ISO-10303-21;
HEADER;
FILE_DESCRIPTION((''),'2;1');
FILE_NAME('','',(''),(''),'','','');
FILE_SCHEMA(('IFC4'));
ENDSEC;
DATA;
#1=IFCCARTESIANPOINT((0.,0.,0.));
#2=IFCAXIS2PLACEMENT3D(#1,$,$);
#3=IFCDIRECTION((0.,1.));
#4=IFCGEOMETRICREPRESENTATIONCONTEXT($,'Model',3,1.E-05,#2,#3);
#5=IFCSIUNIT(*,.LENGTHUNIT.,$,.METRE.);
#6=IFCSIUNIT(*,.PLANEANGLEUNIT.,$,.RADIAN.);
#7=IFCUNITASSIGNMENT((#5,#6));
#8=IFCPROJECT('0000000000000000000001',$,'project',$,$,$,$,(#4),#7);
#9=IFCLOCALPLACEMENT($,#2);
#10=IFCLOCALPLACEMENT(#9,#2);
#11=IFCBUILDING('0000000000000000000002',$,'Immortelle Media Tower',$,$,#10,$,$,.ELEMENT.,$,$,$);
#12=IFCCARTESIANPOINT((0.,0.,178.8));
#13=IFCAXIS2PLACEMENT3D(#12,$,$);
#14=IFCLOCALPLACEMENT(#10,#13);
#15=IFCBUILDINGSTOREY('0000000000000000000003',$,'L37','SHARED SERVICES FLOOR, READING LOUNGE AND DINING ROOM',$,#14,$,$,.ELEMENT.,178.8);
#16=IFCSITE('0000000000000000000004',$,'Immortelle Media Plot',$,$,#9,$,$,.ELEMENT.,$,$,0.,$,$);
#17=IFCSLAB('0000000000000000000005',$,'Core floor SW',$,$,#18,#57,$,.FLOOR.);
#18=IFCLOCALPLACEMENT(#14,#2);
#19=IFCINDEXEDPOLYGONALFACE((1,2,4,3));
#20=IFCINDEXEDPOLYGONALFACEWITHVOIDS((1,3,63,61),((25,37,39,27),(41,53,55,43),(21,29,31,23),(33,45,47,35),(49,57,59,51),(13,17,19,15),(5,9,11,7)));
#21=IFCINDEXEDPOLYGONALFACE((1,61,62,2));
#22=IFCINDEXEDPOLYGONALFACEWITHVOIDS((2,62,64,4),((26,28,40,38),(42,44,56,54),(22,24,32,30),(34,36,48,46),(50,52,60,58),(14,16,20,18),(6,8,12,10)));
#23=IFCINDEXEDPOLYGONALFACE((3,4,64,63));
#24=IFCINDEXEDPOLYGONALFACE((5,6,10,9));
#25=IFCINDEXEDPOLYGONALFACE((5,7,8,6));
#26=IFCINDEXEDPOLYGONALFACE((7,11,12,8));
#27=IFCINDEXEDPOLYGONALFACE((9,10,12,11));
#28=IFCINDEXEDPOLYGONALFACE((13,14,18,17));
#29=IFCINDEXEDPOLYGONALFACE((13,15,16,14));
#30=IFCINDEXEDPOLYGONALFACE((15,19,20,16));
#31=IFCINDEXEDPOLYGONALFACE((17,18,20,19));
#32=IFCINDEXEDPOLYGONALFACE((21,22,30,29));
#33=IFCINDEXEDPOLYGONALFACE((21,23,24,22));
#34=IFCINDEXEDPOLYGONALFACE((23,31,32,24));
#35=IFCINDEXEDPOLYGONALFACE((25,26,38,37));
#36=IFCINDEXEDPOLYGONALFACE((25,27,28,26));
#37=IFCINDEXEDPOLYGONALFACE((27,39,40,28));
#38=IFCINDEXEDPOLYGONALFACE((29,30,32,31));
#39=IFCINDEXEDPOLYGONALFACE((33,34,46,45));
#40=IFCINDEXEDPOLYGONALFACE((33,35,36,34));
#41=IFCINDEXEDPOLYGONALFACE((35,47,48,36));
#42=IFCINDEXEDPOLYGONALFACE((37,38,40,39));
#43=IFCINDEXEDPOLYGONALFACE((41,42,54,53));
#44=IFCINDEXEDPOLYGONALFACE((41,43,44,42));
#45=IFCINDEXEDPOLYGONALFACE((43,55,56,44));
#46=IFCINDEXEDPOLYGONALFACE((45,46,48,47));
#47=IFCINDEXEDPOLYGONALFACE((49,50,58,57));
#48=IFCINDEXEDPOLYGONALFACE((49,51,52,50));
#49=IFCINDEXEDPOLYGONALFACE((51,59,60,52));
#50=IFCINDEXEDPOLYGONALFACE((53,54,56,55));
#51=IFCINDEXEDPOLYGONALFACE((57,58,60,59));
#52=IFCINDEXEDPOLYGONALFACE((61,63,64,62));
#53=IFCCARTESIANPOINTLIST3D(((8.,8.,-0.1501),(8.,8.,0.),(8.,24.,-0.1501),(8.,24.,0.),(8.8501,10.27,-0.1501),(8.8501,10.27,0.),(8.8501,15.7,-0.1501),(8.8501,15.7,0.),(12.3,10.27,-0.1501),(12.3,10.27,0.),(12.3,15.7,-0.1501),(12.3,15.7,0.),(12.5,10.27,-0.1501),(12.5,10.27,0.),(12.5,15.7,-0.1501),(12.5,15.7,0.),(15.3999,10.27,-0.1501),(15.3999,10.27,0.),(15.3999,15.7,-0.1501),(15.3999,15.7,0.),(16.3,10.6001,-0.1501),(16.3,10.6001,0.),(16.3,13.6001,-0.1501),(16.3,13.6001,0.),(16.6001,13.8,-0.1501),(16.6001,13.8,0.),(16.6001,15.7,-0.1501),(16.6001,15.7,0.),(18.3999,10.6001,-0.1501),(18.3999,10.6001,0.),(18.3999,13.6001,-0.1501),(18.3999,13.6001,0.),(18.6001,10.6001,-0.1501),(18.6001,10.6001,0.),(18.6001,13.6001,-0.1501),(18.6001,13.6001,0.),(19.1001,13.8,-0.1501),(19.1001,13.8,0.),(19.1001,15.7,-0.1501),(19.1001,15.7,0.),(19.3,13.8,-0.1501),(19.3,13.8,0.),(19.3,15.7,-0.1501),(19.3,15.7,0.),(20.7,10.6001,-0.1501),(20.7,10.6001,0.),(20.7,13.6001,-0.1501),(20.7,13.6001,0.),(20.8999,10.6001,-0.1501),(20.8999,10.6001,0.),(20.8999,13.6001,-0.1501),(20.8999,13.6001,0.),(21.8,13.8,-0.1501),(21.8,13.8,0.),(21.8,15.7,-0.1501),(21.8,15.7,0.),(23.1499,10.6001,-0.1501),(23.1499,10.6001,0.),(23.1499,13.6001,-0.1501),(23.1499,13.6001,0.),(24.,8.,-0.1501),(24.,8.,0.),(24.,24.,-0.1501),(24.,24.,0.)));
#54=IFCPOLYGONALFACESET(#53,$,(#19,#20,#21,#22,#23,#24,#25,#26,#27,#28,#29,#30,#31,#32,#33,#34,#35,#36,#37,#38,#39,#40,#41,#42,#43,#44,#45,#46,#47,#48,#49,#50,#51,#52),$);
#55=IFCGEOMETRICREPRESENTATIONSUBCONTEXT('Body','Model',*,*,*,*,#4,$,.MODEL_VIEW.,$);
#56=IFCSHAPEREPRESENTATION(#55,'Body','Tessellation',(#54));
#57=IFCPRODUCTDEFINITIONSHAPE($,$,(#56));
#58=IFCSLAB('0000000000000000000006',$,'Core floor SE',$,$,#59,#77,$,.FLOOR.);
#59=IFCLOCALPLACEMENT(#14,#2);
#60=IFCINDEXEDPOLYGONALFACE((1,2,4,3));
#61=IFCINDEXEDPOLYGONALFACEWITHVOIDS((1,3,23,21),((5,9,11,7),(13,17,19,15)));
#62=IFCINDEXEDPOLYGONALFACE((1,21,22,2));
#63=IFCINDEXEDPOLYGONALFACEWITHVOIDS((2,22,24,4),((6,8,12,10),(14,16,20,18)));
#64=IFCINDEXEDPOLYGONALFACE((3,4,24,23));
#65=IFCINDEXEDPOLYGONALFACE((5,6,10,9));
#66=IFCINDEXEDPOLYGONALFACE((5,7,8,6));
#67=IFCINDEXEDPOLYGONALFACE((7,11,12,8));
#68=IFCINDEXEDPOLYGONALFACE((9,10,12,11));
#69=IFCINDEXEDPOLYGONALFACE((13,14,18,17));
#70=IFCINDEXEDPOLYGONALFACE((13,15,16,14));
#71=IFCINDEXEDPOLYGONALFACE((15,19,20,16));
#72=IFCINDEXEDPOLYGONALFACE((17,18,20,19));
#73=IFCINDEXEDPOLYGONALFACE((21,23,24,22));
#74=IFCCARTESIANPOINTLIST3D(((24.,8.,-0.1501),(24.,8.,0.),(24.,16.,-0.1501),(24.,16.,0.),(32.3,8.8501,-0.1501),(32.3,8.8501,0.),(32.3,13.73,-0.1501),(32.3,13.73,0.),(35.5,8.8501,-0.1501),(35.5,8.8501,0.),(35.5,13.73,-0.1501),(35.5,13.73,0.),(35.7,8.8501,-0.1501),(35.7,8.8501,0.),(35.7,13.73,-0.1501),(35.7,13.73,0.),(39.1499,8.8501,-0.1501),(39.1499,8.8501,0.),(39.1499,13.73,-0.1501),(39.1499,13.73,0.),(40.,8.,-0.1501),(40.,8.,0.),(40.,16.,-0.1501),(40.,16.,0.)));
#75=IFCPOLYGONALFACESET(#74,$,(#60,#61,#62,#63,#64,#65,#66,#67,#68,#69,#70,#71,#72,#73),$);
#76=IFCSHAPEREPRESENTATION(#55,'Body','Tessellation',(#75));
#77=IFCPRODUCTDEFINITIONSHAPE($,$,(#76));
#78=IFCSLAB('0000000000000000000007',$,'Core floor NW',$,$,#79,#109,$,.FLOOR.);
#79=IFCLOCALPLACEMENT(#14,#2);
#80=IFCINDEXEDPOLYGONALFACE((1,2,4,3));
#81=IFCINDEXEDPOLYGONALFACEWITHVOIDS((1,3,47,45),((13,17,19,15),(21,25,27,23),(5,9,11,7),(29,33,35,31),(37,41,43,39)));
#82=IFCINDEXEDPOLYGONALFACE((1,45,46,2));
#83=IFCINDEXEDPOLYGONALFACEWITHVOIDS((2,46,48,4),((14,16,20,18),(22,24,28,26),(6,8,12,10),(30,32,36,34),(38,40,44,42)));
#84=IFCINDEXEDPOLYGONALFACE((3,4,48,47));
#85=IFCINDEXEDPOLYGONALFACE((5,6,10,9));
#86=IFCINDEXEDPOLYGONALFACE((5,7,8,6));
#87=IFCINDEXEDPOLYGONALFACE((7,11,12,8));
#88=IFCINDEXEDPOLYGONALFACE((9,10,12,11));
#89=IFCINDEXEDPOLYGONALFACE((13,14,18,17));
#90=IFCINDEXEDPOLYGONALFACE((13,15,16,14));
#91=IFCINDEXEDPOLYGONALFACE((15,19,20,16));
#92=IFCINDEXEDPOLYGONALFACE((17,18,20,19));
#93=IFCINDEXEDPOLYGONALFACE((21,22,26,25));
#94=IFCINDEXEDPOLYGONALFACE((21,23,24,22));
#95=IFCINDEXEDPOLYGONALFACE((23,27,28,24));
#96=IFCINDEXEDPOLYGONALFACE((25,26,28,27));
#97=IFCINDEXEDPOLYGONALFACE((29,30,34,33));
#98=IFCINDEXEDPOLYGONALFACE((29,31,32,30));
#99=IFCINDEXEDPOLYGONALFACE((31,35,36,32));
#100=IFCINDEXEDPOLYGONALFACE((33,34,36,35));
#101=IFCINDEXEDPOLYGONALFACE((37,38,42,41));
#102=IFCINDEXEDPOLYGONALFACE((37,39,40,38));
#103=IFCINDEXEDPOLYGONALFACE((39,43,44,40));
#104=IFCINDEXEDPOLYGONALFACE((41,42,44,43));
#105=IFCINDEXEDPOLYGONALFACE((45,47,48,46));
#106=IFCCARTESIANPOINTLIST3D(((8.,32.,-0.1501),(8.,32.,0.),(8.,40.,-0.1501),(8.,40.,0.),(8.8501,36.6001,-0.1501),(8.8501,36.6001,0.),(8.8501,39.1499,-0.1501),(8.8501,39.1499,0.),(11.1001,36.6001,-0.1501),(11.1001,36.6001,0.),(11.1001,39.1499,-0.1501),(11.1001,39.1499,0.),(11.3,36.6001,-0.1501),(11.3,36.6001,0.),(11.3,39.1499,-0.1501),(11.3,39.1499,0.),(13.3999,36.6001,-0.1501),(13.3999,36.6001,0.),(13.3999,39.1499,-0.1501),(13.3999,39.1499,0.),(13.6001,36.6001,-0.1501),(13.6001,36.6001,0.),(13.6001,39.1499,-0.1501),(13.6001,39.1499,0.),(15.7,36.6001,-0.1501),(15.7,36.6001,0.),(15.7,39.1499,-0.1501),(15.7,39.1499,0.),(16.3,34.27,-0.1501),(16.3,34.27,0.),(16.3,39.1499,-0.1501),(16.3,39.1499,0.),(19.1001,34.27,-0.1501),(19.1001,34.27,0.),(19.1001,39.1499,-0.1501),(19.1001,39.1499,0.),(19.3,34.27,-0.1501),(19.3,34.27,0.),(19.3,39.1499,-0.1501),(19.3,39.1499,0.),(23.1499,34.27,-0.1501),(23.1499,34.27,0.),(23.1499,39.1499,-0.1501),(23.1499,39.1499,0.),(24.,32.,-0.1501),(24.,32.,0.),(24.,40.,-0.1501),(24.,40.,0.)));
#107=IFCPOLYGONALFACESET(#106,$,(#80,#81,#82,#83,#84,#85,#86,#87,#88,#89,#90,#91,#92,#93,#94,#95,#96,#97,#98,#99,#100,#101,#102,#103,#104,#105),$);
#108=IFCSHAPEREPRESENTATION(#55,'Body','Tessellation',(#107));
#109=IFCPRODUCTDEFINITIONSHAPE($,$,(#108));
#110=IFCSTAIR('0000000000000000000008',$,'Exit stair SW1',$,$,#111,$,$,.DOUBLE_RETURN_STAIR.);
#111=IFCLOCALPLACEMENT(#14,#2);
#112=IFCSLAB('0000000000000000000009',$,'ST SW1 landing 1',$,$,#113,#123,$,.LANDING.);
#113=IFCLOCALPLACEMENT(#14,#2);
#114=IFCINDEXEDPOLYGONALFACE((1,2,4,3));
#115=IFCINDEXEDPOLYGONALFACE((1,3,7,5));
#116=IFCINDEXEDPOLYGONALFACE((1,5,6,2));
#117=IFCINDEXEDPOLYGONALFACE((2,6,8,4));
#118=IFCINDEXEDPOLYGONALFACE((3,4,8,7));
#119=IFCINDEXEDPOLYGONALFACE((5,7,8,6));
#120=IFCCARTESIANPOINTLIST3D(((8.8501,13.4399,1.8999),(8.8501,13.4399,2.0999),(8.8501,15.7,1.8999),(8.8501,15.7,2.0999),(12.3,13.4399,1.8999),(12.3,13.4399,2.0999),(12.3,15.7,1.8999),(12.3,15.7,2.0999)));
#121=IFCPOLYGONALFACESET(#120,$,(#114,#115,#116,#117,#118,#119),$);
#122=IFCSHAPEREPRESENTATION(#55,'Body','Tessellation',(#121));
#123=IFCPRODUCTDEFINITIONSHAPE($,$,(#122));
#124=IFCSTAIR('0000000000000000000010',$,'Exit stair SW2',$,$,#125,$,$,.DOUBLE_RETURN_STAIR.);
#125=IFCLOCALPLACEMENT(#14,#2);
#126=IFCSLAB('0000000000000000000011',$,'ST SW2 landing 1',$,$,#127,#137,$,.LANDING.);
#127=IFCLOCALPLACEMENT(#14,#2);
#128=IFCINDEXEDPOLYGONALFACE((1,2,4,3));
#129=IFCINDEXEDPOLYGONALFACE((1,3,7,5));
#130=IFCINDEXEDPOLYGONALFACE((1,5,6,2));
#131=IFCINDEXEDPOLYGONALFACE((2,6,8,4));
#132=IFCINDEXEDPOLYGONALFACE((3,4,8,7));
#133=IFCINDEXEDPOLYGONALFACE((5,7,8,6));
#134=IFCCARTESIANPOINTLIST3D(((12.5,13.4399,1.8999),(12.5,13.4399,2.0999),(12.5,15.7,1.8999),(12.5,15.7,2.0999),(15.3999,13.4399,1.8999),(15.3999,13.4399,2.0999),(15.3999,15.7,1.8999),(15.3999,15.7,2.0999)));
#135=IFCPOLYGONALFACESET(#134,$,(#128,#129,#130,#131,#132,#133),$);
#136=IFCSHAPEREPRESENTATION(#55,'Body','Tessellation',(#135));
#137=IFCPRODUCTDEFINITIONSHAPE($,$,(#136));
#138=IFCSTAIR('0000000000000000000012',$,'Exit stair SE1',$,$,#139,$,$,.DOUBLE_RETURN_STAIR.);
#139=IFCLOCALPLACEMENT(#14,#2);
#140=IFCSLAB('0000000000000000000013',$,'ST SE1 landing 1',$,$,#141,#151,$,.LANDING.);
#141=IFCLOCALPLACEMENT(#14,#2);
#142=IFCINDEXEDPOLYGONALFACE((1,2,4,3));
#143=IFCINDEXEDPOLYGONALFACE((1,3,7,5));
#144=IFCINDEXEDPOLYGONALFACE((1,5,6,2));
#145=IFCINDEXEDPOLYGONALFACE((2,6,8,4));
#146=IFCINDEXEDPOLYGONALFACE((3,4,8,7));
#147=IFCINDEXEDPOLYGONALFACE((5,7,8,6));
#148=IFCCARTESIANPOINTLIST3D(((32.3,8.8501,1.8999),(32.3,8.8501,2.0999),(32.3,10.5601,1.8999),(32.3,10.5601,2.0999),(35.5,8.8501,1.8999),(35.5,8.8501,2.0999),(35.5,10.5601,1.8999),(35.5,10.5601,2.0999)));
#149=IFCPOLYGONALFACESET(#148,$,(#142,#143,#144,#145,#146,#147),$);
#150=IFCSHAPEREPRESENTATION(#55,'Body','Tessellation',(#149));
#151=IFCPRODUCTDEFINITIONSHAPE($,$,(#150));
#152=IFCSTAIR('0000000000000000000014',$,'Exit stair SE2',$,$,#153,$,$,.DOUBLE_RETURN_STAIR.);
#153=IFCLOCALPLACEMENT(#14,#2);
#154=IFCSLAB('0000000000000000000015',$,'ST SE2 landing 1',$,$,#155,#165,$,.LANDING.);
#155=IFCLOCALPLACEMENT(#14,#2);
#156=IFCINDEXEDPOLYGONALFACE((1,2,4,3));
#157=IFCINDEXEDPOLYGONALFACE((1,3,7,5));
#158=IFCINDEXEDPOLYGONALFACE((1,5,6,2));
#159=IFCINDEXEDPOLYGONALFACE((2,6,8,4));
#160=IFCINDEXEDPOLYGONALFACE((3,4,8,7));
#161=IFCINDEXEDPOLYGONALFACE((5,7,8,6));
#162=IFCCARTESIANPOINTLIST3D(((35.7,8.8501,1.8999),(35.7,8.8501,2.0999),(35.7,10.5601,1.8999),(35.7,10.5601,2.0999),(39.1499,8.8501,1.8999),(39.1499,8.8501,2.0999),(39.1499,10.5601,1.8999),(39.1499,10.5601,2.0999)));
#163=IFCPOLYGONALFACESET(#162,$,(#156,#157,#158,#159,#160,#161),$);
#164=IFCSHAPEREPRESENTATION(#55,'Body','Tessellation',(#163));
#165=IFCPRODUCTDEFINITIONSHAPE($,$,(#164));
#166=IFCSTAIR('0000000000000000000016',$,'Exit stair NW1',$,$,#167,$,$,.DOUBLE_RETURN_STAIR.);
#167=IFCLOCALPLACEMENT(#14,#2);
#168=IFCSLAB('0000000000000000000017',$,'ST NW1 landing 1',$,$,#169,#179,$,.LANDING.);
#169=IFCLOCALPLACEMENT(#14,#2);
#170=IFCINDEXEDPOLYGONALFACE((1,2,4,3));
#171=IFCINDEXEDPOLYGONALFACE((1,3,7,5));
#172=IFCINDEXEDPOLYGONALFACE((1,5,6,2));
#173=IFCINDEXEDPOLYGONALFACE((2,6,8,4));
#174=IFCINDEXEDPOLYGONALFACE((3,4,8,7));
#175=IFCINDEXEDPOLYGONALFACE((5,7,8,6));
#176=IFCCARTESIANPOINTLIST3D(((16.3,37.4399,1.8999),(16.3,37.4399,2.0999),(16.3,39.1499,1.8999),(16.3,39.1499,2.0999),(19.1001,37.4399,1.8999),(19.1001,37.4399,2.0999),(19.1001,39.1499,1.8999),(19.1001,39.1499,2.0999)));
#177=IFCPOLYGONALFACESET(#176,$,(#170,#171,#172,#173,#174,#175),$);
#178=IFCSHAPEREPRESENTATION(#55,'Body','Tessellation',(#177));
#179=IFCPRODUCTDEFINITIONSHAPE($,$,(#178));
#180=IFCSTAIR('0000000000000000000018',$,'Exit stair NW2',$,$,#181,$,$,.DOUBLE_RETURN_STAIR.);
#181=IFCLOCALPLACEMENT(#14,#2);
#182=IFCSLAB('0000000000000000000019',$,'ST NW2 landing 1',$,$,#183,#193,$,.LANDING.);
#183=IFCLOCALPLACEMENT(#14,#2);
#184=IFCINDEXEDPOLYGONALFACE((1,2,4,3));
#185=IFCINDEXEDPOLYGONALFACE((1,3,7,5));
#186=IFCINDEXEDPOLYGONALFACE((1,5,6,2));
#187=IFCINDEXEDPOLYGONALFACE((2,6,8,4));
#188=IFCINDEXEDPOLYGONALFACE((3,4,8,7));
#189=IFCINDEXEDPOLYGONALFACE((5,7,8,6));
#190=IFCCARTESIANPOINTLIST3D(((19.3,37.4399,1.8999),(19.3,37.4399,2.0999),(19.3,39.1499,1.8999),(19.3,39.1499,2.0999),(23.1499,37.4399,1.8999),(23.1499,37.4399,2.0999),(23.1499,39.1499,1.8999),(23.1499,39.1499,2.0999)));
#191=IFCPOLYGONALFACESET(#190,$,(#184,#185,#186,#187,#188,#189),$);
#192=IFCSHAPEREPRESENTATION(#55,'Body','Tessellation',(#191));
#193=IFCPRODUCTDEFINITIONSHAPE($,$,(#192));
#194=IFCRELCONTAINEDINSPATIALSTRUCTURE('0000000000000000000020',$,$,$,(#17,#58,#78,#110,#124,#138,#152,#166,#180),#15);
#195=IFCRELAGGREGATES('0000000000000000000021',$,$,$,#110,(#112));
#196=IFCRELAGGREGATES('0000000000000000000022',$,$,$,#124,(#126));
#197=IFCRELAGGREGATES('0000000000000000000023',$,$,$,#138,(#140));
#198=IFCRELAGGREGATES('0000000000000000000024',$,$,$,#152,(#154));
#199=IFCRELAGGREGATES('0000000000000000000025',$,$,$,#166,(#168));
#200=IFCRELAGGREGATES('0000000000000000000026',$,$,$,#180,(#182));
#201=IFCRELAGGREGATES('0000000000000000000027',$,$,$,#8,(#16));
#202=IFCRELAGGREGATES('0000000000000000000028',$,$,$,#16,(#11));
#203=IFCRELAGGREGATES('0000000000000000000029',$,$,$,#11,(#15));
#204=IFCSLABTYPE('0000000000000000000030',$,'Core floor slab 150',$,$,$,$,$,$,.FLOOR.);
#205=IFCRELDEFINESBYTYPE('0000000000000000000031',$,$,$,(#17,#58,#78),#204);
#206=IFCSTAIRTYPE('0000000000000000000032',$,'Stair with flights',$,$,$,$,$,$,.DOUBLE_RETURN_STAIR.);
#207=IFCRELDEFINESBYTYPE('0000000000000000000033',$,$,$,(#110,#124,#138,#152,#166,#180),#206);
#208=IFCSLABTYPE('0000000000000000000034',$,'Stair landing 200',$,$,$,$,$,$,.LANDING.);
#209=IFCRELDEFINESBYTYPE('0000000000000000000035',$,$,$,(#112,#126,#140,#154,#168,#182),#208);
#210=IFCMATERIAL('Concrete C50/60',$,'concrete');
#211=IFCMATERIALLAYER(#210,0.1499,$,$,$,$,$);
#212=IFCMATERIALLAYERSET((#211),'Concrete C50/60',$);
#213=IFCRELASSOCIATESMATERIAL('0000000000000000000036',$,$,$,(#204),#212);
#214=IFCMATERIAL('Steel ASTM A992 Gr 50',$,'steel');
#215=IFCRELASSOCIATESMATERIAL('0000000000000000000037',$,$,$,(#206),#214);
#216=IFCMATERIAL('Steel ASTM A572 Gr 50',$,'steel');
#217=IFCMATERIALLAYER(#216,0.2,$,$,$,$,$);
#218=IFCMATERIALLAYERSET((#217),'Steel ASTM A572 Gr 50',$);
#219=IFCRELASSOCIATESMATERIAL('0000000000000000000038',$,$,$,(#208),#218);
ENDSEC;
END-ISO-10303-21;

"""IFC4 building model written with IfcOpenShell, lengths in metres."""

from ifc_helpers import new_model, si_unit, direction, frame, origin, place, context, subcontext, project, spatial, polyline, outline, extrude, material, layer, layer_set, type_object, element, aggregate, save


model = new_model("IFC4")

# Units and contexts
model_context = context("Model", 3, precision=1e-05, world=origin(), true_north=direction((0.0, 1.0)))
body_context = subcontext(model_context, "Body", "Model", "MODEL_VIEW")
ifc_project = project(units=[si_unit("LENGTHUNIT", "METRE"), si_unit("PLANEANGLEUNIT", "RADIAN")], contexts=[model_context])

# Site, building, storey
site_placement = place(None, origin())
site = spatial("IfcSite", under=ifc_project, at=site_placement, Name="Immortelle Media Plot", CompositionType="ELEMENT", RefElevation=0.0)
building_placement = place(site_placement, origin())
building = spatial("IfcBuilding", under=site, at=building_placement, Name="Immortelle Media Tower", CompositionType="ELEMENT")
storey_placement = place(building_placement, frame((0.0, 0.0, 178.8)))
storey = spatial("IfcBuildingStorey", under=building, at=storey_placement, Name="L37", Description="SHARED SERVICES FLOOR, READING LOUNGE AND DINING ROOM", CompositionType="ELEMENT", Elevation=178.8)

# Slabs
ifc_material_1 = material(Name="Concrete C50/60", Category="concrete")
ifc_layer_1 = layer(ifc_material_1, 0.1499)
ifc_layer_set_1 = layer_set([ifc_layer_1], Name="Concrete C50/60")
slab_type_1 = type_object("IfcSlabType", Name="Core floor slab 150", PredefinedType="FLOOR", material=ifc_layer_set_1)
slab_1_placement = place(storey_placement, frame((0.0, 0.0, -0.1501)))
element("IfcSlab", 1, at=slab_1_placement, inside=storey, type_object=slab_type_1, Name="Core floor SW", PredefinedType="FLOOR", context=body_context, shape_type="SweptSolid", body=[
    extrude(outline(polyline([(8.0, 8.0), (24.0, 8.0), (24.0, 24.0), (8.0, 24.0), (8.0, 8.0)]), holes=[polyline([(16.6001, 13.8), (19.1001, 13.8), (19.1001, 15.7), (16.6001, 15.7), (16.6001, 13.8)]), polyline([(19.3, 13.8), (21.8, 13.8), (21.8, 15.7), (19.3, 15.7), (19.3, 13.8)]), polyline([(16.3, 10.6001), (18.3999, 10.6001), (18.3999, 13.6001), (16.3, 13.6001), (16.3, 10.6001)]), polyline([(18.6001, 10.6001), (20.7, 10.6001), (20.7, 13.6001), (18.6001, 13.6001), (18.6001, 10.6001)]), polyline([(20.8999, 10.6001), (23.1499, 10.6001), (23.1499, 13.6001), (20.8999, 13.6001), (20.8999, 10.6001)]), polyline([(8.8501, 10.27), (12.3, 10.27), (12.3, 15.7), (8.8501, 15.7), (8.8501, 10.27)]), polyline([(12.5, 10.27), (15.3999, 10.27), (15.3999, 15.7), (12.5, 15.7), (12.5, 10.27)])]), origin(), (0.0, 0.0, 1.0), 0.1501),
])
slab_2_placement = place(storey_placement, frame((0.0, 0.0, -0.1501)))
element("IfcSlab", 2, at=slab_2_placement, inside=storey, type_object=slab_type_1, Name="Core floor SE", PredefinedType="FLOOR", context=body_context, shape_type="SweptSolid", body=[
    extrude(outline(polyline([(24.0, 8.0), (40.0, 8.0), (40.0, 16.0), (24.0, 16.0), (24.0, 8.0)]), holes=[polyline([(32.3, 8.8501), (35.5, 8.8501), (35.5, 13.73), (32.3, 13.73), (32.3, 8.8501)]), polyline([(35.7, 8.8501), (39.1499, 8.8501), (39.1499, 13.73), (35.7, 13.73), (35.7, 8.8501)])]), origin(), (0.0, 0.0, 1.0), 0.1501),
])
slab_3_placement = place(storey_placement, frame((0.0, 0.0, -0.1501)))
element("IfcSlab", 3, at=slab_3_placement, inside=storey, type_object=slab_type_1, Name="Core floor NW", PredefinedType="FLOOR", context=body_context, shape_type="SweptSolid", body=[
    extrude(outline(polyline([(8.0, 32.0), (24.0, 32.0), (24.0, 40.0), (8.0, 40.0), (8.0, 32.0)]), holes=[polyline([(8.8501, 36.6001), (11.1001, 36.6001), (11.1001, 39.1499), (8.8501, 39.1499), (8.8501, 36.6001)]), polyline([(11.3, 36.6001), (13.3999, 36.6001), (13.3999, 39.1499), (11.3, 39.1499), (11.3, 36.6001)]), polyline([(13.6001, 36.6001), (15.7, 36.6001), (15.7, 39.1499), (13.6001, 39.1499), (13.6001, 36.6001)]), polyline([(16.3, 34.27), (19.1001, 34.27), (19.1001, 39.1499), (16.3, 39.1499), (16.3, 34.27)]), polyline([(19.3, 34.27), (23.1499, 34.27), (23.1499, 39.1499), (19.3, 39.1499), (19.3, 34.27)])]), origin(), (0.0, 0.0, 1.0), 0.1501),
])

# Stairs, slabs
ifc_material_2 = material(Name="Steel ASTM A992 Gr 50", Category="steel")
stair_type = type_object("IfcStairType", Name="Stair with flights", PredefinedType="DOUBLE_RETURN_STAIR", material=ifc_material_2)
stair_1_placement = place(storey_placement, origin())
stair_1 = element("IfcStair", 4, at=stair_1_placement, inside=storey, type_object=stair_type, Name="Exit stair SW1", PredefinedType="DOUBLE_RETURN_STAIR")
ifc_material_3 = material(Name="Steel ASTM A572 Gr 50", Category="steel")
ifc_layer_2 = layer(ifc_material_3, 0.2)
ifc_layer_set_2 = layer_set([ifc_layer_2], Name="Steel ASTM A572 Gr 50")
slab_type_2 = type_object("IfcSlabType", Name="Stair landing 200", PredefinedType="LANDING", material=ifc_layer_set_2)
slab_4_placement = place(storey_placement, frame((0.0, 0.0, 1.8999)))
slab_4 = element("IfcSlab", 5, at=slab_4_placement, type_object=slab_type_2, Name="ST SW1 landing 1", PredefinedType="LANDING", context=body_context, shape_type="SweptSolid", body=[
    extrude(outline(polyline([(8.8501, 13.4399), (12.3, 13.4399), (12.3, 15.7), (8.8501, 15.7), (8.8501, 13.4399)])), origin(), (0.0, 0.0, 1.0), 0.2),
])
aggregate(stair_1, [slab_4])
stair_2_placement = place(storey_placement, origin())
stair_2 = element("IfcStair", 6, at=stair_2_placement, inside=storey, type_object=stair_type, Name="Exit stair SW2", PredefinedType="DOUBLE_RETURN_STAIR")
slab_5_placement = place(storey_placement, frame((0.0, 0.0, 1.8999)))
slab_5 = element("IfcSlab", 7, at=slab_5_placement, type_object=slab_type_2, Name="ST SW2 landing 1", PredefinedType="LANDING", context=body_context, shape_type="SweptSolid", body=[
    extrude(outline(polyline([(12.5, 13.4399), (15.3999, 13.4399), (15.3999, 15.7), (12.5, 15.7), (12.5, 13.4399)])), origin(), (0.0, 0.0, 1.0), 0.2),
])
aggregate(stair_2, [slab_5])
stair_3_placement = place(storey_placement, origin())
stair_3 = element("IfcStair", 8, at=stair_3_placement, inside=storey, type_object=stair_type, Name="Exit stair SE1", PredefinedType="DOUBLE_RETURN_STAIR")
slab_6_placement = place(storey_placement, frame((0.0, 0.0, 1.8999)))
slab_6 = element("IfcSlab", 9, at=slab_6_placement, type_object=slab_type_2, Name="ST SE1 landing 1", PredefinedType="LANDING", context=body_context, shape_type="SweptSolid", body=[
    extrude(outline(polyline([(32.3, 8.8501), (35.5, 8.8501), (35.5, 10.5601), (32.3, 10.5601), (32.3, 8.8501)])), origin(), (0.0, 0.0, 1.0), 0.2),
])
aggregate(stair_3, [slab_6])
stair_4_placement = place(storey_placement, origin())
stair_4 = element("IfcStair", 10, at=stair_4_placement, inside=storey, type_object=stair_type, Name="Exit stair SE2", PredefinedType="DOUBLE_RETURN_STAIR")
slab_7_placement = place(storey_placement, frame((0.0, 0.0, 1.8999)))
slab_7 = element("IfcSlab", 11, at=slab_7_placement, type_object=slab_type_2, Name="ST SE2 landing 1", PredefinedType="LANDING", context=body_context, shape_type="SweptSolid", body=[
    extrude(outline(polyline([(35.7, 8.8501), (39.1499, 8.8501), (39.1499, 10.5601), (35.7, 10.5601), (35.7, 8.8501)])), origin(), (0.0, 0.0, 1.0), 0.2),
])
aggregate(stair_4, [slab_7])
stair_5_placement = place(storey_placement, origin())
stair_5 = element("IfcStair", 12, at=stair_5_placement, inside=storey, type_object=stair_type, Name="Exit stair NW1", PredefinedType="DOUBLE_RETURN_STAIR")
slab_8_placement = place(storey_placement, frame((0.0, 0.0, 1.8999)))
slab_8 = element("IfcSlab", 13, at=slab_8_placement, type_object=slab_type_2, Name="ST NW1 landing 1", PredefinedType="LANDING", context=body_context, shape_type="SweptSolid", body=[
    extrude(outline(polyline([(16.3, 37.4399), (19.1001, 37.4399), (19.1001, 39.1499), (16.3, 39.1499), (16.3, 37.4399)])), origin(), (0.0, 0.0, 1.0), 0.2),
])
aggregate(stair_5, [slab_8])
stair_6_placement = place(storey_placement, origin())
stair_6 = element("IfcStair", 14, at=stair_6_placement, inside=storey, type_object=stair_type, Name="Exit stair NW2", PredefinedType="DOUBLE_RETURN_STAIR")
slab_9_placement = place(storey_placement, frame((0.0, 0.0, 1.8999)))
slab_9 = element("IfcSlab", 15, at=slab_9_placement, type_object=slab_type_2, Name="ST NW2 landing 1", PredefinedType="LANDING", context=body_context, shape_type="SweptSolid", body=[
    extrude(outline(polyline([(19.3, 37.4399), (23.1499, 37.4399), (23.1499, 39.1499), (19.3, 39.1499), (19.3, 37.4399)])), origin(), (0.0, 0.0, 1.0), 0.2),
])
aggregate(stair_6, [slab_9])

save(model, "model.ifc")
